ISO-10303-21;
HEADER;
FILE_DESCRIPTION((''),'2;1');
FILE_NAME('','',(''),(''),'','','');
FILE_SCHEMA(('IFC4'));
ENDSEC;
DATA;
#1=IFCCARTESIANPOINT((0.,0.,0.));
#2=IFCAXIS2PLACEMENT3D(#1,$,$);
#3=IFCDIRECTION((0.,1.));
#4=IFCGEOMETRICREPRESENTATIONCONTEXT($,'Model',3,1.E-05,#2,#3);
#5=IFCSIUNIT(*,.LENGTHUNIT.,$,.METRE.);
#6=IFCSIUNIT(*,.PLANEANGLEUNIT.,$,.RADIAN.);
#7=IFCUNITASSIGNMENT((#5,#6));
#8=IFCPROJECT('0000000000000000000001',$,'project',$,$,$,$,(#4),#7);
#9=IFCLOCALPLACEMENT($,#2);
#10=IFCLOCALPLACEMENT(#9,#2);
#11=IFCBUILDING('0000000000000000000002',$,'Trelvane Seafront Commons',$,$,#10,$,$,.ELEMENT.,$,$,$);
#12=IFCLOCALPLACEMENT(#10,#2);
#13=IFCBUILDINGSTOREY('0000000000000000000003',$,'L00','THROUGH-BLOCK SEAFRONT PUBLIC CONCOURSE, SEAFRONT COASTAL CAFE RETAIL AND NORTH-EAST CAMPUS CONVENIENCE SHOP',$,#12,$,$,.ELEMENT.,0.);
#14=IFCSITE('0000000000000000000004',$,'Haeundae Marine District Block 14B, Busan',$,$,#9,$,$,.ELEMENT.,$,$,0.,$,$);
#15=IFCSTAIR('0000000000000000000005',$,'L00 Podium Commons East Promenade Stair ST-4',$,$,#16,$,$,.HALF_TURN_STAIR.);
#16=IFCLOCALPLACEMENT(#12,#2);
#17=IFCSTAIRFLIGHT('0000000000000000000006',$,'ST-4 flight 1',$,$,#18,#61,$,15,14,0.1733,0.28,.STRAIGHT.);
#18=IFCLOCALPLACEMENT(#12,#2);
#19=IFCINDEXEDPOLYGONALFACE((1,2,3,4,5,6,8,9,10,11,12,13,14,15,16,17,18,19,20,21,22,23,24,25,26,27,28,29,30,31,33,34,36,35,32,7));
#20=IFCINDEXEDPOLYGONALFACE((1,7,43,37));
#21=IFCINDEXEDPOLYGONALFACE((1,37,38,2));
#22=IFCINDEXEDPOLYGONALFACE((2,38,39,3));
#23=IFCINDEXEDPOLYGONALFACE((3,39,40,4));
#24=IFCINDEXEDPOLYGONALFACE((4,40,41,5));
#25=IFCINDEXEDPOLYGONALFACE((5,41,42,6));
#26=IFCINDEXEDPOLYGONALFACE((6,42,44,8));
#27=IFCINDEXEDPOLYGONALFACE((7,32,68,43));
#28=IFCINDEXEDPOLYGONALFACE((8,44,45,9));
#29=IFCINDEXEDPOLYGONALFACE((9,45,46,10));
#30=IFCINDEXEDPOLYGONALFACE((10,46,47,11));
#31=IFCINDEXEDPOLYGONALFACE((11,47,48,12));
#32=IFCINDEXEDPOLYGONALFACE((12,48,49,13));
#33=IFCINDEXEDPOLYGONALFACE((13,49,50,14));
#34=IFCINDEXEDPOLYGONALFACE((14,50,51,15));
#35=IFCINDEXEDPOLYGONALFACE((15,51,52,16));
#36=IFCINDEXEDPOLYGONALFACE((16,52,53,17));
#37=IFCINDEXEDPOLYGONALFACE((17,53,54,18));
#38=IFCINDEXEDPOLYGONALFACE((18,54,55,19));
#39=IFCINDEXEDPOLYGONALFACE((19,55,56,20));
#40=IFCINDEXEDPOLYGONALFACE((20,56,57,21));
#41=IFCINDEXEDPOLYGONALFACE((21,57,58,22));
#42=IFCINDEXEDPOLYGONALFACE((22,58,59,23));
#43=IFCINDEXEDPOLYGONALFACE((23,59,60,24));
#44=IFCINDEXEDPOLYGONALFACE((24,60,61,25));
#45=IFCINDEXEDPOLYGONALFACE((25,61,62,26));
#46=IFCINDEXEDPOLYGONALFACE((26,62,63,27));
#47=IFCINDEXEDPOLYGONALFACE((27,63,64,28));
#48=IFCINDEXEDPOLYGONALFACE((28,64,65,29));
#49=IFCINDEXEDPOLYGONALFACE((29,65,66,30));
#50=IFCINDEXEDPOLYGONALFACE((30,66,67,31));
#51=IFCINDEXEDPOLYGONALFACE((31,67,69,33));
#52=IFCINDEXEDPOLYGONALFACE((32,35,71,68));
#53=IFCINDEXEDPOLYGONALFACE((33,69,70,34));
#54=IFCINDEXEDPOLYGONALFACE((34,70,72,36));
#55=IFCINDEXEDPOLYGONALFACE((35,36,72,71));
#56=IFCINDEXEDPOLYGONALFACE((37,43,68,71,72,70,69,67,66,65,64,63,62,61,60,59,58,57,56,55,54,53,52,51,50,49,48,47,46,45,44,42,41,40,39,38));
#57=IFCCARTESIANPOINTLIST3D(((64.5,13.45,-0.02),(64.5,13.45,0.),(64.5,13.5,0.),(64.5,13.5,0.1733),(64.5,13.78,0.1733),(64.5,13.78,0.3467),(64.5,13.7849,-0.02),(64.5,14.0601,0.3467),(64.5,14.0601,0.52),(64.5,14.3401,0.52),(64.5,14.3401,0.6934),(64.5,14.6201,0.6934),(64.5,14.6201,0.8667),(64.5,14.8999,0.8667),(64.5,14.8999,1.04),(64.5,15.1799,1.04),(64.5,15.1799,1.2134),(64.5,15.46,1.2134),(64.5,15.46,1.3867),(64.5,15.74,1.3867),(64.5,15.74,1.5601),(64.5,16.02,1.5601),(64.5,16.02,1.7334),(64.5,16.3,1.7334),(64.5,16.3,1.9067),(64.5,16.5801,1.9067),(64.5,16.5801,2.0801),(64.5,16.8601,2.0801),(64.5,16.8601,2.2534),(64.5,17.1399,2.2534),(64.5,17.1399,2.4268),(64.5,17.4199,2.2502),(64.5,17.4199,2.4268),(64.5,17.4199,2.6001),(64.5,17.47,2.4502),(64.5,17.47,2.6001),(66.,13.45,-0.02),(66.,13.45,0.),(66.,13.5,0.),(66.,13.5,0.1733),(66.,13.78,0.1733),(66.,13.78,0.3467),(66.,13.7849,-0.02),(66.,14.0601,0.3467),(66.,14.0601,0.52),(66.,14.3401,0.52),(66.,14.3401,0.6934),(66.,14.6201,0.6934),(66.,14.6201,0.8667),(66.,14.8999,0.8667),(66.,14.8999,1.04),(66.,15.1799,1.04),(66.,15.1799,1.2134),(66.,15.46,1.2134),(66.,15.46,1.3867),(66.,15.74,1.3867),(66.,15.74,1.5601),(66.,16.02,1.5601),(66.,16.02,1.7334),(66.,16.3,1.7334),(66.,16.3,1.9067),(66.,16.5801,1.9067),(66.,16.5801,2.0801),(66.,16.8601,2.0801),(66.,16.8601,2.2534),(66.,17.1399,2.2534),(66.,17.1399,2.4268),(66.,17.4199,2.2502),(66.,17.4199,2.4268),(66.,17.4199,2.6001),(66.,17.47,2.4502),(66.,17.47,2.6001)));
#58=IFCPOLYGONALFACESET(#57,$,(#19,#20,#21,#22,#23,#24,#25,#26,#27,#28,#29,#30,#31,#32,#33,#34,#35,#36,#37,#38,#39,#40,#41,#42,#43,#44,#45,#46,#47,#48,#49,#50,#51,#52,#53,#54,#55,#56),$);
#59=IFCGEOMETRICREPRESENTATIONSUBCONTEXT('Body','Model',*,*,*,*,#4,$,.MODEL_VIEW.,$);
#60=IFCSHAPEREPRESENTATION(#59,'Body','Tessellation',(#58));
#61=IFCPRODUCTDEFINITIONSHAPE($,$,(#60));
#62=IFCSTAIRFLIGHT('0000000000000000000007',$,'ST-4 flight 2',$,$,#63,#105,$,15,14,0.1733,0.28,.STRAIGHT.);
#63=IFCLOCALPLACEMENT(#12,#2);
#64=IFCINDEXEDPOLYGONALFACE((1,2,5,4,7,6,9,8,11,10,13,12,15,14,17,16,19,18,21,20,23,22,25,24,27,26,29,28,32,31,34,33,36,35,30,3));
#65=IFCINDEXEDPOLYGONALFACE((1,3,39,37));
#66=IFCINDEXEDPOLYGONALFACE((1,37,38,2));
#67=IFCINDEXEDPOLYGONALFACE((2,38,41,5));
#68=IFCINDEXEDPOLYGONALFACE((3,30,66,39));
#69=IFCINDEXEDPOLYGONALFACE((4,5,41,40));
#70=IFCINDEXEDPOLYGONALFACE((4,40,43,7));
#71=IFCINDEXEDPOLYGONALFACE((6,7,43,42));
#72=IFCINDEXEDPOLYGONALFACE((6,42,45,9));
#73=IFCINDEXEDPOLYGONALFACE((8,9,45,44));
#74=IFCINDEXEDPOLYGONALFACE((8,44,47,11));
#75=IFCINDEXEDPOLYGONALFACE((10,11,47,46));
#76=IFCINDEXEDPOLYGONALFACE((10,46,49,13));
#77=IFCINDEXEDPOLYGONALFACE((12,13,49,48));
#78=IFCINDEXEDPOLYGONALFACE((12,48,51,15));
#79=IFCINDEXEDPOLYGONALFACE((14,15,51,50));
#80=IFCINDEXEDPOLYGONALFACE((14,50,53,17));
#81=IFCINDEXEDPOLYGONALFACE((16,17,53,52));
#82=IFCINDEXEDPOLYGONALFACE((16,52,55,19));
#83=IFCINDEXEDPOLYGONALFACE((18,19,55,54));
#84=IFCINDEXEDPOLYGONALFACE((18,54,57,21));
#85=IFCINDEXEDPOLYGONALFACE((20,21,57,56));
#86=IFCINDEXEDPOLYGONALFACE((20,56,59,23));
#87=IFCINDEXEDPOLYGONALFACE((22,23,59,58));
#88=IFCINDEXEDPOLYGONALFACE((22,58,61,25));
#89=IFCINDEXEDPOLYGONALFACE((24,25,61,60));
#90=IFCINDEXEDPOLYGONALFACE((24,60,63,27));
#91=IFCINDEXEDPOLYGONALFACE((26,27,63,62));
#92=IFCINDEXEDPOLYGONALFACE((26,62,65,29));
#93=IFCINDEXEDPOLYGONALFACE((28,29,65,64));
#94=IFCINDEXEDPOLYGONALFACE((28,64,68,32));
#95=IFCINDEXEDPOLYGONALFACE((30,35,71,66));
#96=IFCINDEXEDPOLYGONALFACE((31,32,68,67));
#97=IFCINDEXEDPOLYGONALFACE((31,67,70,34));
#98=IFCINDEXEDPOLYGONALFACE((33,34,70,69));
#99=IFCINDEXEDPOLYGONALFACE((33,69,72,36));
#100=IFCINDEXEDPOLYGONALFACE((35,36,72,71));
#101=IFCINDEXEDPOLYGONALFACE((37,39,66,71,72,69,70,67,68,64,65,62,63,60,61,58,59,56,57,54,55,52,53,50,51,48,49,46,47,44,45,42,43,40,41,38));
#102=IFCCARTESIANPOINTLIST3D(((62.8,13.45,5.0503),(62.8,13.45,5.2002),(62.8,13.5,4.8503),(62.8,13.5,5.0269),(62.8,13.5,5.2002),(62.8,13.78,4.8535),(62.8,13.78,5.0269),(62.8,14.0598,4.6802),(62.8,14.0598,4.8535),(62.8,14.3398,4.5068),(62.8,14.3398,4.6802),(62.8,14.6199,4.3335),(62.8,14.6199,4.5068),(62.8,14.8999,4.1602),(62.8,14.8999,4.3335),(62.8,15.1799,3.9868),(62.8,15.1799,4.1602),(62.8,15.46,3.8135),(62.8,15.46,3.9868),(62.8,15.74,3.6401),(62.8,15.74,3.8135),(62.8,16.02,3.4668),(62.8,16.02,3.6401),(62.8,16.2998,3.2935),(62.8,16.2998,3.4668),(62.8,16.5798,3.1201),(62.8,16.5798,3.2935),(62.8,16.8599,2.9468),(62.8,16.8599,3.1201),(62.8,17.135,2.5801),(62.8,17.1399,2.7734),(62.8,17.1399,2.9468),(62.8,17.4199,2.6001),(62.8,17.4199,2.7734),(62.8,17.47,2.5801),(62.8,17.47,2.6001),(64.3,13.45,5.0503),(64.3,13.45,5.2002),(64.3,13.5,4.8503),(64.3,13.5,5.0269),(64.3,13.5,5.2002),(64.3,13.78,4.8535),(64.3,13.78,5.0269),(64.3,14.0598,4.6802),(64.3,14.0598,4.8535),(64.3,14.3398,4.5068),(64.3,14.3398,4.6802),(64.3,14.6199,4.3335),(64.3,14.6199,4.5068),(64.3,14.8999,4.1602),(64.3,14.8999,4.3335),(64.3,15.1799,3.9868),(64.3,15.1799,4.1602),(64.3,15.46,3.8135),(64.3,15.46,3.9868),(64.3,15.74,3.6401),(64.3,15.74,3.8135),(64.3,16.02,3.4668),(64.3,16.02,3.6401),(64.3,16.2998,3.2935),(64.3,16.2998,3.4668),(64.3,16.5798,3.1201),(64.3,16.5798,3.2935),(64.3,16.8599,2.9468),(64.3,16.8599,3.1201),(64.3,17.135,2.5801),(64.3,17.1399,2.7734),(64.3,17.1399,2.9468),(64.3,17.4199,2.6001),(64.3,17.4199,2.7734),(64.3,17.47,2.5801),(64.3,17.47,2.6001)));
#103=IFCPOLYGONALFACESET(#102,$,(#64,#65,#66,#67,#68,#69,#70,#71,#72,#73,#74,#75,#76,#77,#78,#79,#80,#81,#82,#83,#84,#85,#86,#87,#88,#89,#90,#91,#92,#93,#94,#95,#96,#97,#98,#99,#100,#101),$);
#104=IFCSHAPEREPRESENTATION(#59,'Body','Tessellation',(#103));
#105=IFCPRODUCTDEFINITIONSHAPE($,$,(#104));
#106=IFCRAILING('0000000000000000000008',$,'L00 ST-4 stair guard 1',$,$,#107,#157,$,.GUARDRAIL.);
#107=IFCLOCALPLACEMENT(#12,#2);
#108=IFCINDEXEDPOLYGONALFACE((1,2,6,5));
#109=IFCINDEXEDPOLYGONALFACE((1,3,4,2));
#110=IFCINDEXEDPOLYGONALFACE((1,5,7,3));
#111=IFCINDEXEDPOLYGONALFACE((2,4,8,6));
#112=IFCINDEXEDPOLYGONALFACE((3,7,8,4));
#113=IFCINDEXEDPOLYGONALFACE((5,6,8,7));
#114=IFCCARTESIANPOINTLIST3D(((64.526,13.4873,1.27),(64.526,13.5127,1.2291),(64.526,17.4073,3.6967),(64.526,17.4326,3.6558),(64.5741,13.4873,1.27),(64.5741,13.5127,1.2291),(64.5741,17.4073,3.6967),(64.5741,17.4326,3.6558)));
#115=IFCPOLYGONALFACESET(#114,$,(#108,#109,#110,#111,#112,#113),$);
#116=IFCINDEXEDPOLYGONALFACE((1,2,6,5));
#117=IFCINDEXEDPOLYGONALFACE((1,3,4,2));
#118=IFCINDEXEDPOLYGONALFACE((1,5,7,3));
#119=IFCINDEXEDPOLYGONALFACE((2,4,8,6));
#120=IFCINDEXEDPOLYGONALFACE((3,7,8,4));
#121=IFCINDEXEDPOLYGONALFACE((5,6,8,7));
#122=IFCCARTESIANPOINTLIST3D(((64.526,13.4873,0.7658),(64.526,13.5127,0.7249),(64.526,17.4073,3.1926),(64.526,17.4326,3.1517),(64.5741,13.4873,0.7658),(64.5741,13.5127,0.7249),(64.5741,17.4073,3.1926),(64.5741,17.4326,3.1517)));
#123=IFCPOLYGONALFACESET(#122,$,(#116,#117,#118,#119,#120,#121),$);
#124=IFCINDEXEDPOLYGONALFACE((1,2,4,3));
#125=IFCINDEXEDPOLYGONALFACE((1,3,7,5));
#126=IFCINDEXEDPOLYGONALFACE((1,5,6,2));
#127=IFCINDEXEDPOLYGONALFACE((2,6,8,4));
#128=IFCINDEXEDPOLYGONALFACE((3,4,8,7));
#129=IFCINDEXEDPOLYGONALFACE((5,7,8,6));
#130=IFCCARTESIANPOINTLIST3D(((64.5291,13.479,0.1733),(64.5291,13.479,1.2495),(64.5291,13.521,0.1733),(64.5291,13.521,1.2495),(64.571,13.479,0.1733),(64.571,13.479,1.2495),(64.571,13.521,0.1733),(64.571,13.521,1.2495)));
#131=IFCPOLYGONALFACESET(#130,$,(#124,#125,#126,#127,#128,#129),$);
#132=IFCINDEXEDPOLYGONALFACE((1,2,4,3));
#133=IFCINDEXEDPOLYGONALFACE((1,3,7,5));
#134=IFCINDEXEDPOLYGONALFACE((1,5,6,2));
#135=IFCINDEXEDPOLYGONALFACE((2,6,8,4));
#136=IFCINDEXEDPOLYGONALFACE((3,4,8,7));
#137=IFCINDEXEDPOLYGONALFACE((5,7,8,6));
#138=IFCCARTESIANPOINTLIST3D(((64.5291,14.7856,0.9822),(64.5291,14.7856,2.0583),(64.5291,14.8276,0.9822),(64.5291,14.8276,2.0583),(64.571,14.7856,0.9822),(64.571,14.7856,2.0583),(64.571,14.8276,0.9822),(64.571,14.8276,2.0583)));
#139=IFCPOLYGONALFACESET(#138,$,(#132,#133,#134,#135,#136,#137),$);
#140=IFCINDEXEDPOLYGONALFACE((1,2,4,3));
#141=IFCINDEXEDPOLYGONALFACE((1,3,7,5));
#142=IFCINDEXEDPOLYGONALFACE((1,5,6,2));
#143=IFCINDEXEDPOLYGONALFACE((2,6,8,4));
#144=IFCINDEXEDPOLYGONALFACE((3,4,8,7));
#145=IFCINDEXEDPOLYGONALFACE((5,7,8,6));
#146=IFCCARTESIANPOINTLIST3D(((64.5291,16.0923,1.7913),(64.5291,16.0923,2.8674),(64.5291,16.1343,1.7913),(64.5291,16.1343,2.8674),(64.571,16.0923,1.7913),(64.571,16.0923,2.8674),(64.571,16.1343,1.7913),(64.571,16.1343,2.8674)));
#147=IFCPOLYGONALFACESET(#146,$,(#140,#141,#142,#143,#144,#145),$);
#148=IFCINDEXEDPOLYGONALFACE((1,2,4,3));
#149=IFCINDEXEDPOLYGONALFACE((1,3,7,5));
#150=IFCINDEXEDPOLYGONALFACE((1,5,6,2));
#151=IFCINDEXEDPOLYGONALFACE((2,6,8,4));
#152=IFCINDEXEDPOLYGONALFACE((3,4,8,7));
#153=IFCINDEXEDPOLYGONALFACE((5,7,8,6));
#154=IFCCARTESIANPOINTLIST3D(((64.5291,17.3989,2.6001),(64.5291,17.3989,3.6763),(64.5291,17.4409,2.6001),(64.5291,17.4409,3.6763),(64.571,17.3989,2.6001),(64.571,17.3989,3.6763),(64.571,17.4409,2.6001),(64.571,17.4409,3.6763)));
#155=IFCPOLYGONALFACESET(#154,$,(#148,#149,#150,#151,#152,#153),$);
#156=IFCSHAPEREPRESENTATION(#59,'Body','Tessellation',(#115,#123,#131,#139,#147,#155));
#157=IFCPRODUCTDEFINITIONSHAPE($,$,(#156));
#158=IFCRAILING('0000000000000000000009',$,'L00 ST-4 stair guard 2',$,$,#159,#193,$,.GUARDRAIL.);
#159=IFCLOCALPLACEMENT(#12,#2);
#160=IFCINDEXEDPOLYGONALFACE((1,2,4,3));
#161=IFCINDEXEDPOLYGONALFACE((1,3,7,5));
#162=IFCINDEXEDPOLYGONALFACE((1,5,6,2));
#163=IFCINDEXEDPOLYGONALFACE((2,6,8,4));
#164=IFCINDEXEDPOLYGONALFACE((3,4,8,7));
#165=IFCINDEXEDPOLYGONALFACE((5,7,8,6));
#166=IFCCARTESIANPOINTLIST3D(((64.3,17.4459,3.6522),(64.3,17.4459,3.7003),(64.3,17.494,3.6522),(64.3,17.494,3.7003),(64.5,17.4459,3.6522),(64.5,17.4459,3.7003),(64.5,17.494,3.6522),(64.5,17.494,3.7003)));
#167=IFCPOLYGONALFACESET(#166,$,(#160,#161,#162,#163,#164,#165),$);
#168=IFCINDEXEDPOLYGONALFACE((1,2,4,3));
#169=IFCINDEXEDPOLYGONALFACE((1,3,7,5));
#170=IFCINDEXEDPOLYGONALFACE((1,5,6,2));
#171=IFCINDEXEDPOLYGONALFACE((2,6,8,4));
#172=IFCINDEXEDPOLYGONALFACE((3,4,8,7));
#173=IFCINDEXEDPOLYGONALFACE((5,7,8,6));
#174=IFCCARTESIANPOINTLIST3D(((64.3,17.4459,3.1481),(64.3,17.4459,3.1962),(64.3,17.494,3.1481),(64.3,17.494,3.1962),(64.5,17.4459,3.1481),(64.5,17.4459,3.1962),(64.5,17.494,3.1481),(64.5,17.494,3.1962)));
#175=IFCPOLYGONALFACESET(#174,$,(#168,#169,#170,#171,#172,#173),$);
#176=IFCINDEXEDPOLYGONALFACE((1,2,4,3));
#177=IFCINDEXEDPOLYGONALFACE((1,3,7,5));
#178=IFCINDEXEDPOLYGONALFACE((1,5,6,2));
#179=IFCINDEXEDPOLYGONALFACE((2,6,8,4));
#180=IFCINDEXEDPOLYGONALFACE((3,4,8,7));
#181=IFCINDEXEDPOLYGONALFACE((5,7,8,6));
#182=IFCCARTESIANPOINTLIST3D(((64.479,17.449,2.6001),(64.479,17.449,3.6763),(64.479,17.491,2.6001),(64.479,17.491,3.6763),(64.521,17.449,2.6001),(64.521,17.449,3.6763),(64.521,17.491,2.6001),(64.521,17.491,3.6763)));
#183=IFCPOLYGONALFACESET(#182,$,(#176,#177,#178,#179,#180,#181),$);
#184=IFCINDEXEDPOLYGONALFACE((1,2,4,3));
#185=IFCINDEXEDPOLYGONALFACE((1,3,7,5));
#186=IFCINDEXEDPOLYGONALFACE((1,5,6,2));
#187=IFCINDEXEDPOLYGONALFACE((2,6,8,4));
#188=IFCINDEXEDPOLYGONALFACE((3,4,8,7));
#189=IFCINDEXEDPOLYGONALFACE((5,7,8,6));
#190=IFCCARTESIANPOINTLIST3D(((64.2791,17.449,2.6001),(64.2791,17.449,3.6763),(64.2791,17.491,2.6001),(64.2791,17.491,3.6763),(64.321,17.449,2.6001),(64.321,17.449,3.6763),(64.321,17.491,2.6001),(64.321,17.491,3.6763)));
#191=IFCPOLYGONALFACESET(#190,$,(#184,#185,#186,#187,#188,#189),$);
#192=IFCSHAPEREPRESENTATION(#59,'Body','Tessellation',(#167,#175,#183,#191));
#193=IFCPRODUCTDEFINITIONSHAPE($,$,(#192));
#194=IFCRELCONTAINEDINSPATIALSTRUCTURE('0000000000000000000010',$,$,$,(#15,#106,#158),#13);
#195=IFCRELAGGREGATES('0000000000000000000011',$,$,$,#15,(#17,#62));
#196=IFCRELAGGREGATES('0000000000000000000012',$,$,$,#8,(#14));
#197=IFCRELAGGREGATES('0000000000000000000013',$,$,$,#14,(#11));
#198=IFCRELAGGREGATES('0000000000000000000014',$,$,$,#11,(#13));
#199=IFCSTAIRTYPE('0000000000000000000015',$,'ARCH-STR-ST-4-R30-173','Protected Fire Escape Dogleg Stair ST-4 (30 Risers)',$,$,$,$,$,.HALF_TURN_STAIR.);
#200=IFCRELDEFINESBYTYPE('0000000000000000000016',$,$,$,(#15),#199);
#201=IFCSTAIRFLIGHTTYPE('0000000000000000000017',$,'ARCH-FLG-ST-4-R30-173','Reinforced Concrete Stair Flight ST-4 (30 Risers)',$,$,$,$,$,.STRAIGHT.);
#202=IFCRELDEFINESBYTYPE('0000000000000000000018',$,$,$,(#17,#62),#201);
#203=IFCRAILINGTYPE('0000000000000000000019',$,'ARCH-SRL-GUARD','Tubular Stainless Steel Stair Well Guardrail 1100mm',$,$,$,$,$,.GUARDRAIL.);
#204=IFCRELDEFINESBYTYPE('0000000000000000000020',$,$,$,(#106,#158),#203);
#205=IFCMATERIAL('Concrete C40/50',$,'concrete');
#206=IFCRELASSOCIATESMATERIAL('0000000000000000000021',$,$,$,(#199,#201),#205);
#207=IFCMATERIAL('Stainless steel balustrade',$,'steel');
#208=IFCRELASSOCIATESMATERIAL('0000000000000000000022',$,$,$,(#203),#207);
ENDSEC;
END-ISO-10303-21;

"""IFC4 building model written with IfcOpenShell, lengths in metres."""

from ifc_helpers import new_model, si_unit, direction, frame, origin, origin_2d, place, context, subcontext, project, spatial, polyline, rectangle, outline, extrude, source, transform, mapped, material, type_object, element, aggregate, save


model = new_model("IFC4")

# Units and contexts
model_context = context("Model", 3, precision=1e-05, world=origin(), true_north=direction((0.0, 1.0)))
body_context = subcontext(model_context, "Body", "Model", "MODEL_VIEW")
ifc_project = project(units=[si_unit("LENGTHUNIT", "METRE"), si_unit("PLANEANGLEUNIT", "RADIAN")], contexts=[model_context])

# Site, building, storey
site_placement = place(None, origin())
site = spatial("IfcSite", under=ifc_project, at=site_placement, Name="Haeundae Marine District Block 14B, Busan", CompositionType="ELEMENT", RefElevation=0.0)
building_placement = place(site_placement, origin())
building = spatial("IfcBuilding", under=site, at=building_placement, Name="Trelvane Seafront Commons", CompositionType="ELEMENT")
storey_placement = place(building_placement, origin())
storey = spatial("IfcBuildingStorey", under=building, at=storey_placement, Name="L00", Description="THROUGH-BLOCK SEAFRONT PUBLIC CONCOURSE, SEAFRONT COASTAL CAFE RETAIL AND NORTH-EAST CAMPUS CONVENIENCE SHOP", CompositionType="ELEMENT", Elevation=0.0)

# Stair, stair flights
ifc_material_1 = material(Name="Concrete C40/50", Category="concrete")
stair_type = type_object("IfcStairType", Name="ARCH-STR-ST-4-R30-173", Description="Protected Fire Escape Dogleg Stair ST-4 (30 Risers)", PredefinedType="HALF_TURN_STAIR", material=ifc_material_1)
stair_placement = place(storey_placement, origin())
stair = element("IfcStair", 1, at=stair_placement, inside=storey, type_object=stair_type, Name="L00 Podium Commons East Promenade Stair ST-4", PredefinedType="HALF_TURN_STAIR")
stair_flight_type = type_object("IfcStairFlightType", Name="ARCH-FLG-ST-4-R30-173", Description="Reinforced Concrete Stair Flight ST-4 (30 Risers)", PredefinedType="STRAIGHT", material=ifc_material_1)
shared_shape_1 = source(origin(), body_context, "Body", "SweptSolid", [
    extrude(outline(polyline([(-0.05, -0.02), (-0.05, 0.0), (0.0, 0.0), (0.0, 0.1733), (0.28, 0.1733), (0.28, 0.3467), (0.5601, 0.3467), (0.5601, 0.52), (0.8401, 0.52), (0.8401, 0.6934), (1.1201, 0.6934), (1.1201, 0.8667), (1.3999, 0.8667), (1.3999, 1.04), (1.6799, 1.04), (1.6799, 1.2134), (1.96, 1.2134), (1.96, 1.3867), (2.24, 1.3867), (2.24, 1.5601), (2.52, 1.5601), (2.52, 1.7334), (2.8, 1.7334), (2.8, 1.9067), (3.0801, 1.9067), (3.0801, 2.0801), (3.3601, 2.0801), (3.3601, 2.2534), (3.6399, 2.2534), (3.6399, 2.4268), (3.9199, 2.4268), (3.9199, 2.6001), (3.97, 2.6001), (3.97, 2.4502), (3.9199, 2.2502), (0.2849, -0.02), (-0.05, -0.02)])), frame((0.0, 0.75, 0.0), z_axis=(0.0, -1.0, 0.0), x_axis=(1.0, 0.0, 0.0)), (0.0, 0.0, 1.0), 1.5),
])
stair_flight_1_placement = place(storey_placement, frame((65.25, 13.5, 0.0), z_axis=(0.0, 0.0, 1.0), x_axis=(0.0, 1.0, 0.0)))
stair_flight_1 = element("IfcStairFlight", 2, at=stair_flight_1_placement, type_object=stair_flight_type, Name="ST-4 flight 1", NumberOfRisers=15, NumberOfTreads=14, PredefinedType="STRAIGHT", RiserHeight=0.1733, TreadLength=0.28, context=body_context, shape_type="MappedRepresentation", body=[
    mapped(shared_shape_1, transform((0.0, 0.0, 0.0), x_axis=(1.0, 0.0, 0.0), y_axis=(0.0, 1.0, 0.0), z_axis=(0.0, 0.0, 1.0), scale=1.0)),
])
stair_flight_2_placement = place(storey_placement, frame((63.55, 17.4199, 2.6001), z_axis=(0.0, 0.0, 1.0), x_axis=(0.0, -1.0, 0.0)))
stair_flight_2 = element("IfcStairFlight", 3, at=stair_flight_2_placement, type_object=stair_flight_type, Name="ST-4 flight 2", NumberOfRisers=15, NumberOfTreads=14, PredefinedType="STRAIGHT", RiserHeight=0.1733, TreadLength=0.28, context=body_context, shape_type="MappedRepresentation", body=[
    mapped(shared_shape_1, transform((0.0, 0.0, 0.0), x_axis=(1.0, 0.0, 0.0), y_axis=(0.0, 1.0, 0.0), z_axis=(0.0, 0.0, 1.0), scale=1.0)),
])
aggregate(stair, [stair_flight_1, stair_flight_2])

# Railings
ifc_material_2 = material(Name="Stainless steel balustrade", Category="steel")
railing_type_1 = type_object("IfcRailingType", Name="ARCH-SRL-GUARD", Description="Tubular Stainless Steel Stair Well Guardrail 1100mm", PredefinedType="GUARDRAIL", material=ifc_material_2)
railing_1_placement = place(storey_placement, frame((64.55, 13.5, 0.1733)))
element("IfcRailing", 4, at=railing_1_placement, inside=storey, type_object=railing_type_1, Name="L00 ST-4 stair guard 1", PredefinedType="GUARDRAIL", context=body_context, shape_type="SweptSolid", body=[
    extrude(rectangle(XDim=0.0481, YDim=0.0481, at=origin_2d()), frame((0.0, 0.0, 1.0762), z_axis=(0.0, 0.850252, 0.526376), x_axis=(-1.0, 0.0, 0.0)), (0.0, 0.0, 1.0), 4.6104),
    extrude(rectangle(XDim=0.0481, YDim=0.0481, at=origin_2d()), frame((0.0, 0.0, 0.572), z_axis=(0.0, 0.850252, 0.526376), x_axis=(-1.0, 0.0, 0.0)), (0.0, 0.0, 1.0), 4.6104),
    extrude(rectangle(XDim=0.042, YDim=0.042, at=origin_2d()), origin(), (0.0, 0.0, 1.0), 1.0762),
    extrude(rectangle(XDim=0.042, YDim=0.042, at=origin_2d()), frame((0.0, 1.3066, 0.8088)), (0.0, 0.0, 1.0), 1.0762),
    extrude(rectangle(XDim=0.042, YDim=0.042, at=origin_2d()), frame((0.0, 2.6133, 1.6179)), (0.0, 0.0, 1.0), 1.0762),
    extrude(rectangle(XDim=0.042, YDim=0.042, at=origin_2d()), frame((0.0, 3.9199, 2.4268)), (0.0, 0.0, 1.0), 1.0762),
])
railing_2_placement = place(storey_placement, frame((64.5, 17.47, 2.6001)))
element("IfcRailing", 5, at=railing_2_placement, inside=storey, type_object=railing_type_1, Name="L00 ST-4 stair guard 2", PredefinedType="GUARDRAIL", context=body_context, shape_type="SweptSolid", body=[
    extrude(rectangle(XDim=0.0481, YDim=0.0481, at=origin_2d()), frame((0.0, 0.0, 1.0762), z_axis=(-1.0, 0.0, 0.0), x_axis=(0.0, -1.0, 0.0)), (0.0, 0.0, 1.0), 0.2),
    extrude(rectangle(XDim=0.0481, YDim=0.0481, at=origin_2d()), frame((0.0, 0.0, 0.572), z_axis=(-1.0, 0.0, 0.0), x_axis=(0.0, -1.0, 0.0)), (0.0, 0.0, 1.0), 0.2),
    extrude(rectangle(XDim=0.042, YDim=0.042, at=origin_2d()), origin(), (0.0, 0.0, 1.0), 1.0762),
    extrude(rectangle(XDim=0.042, YDim=0.042, at=origin_2d()), frame((-0.2, 0.0, 0.0)), (0.0, 0.0, 1.0), 1.0762),
])

save(model, "model.ifc")
